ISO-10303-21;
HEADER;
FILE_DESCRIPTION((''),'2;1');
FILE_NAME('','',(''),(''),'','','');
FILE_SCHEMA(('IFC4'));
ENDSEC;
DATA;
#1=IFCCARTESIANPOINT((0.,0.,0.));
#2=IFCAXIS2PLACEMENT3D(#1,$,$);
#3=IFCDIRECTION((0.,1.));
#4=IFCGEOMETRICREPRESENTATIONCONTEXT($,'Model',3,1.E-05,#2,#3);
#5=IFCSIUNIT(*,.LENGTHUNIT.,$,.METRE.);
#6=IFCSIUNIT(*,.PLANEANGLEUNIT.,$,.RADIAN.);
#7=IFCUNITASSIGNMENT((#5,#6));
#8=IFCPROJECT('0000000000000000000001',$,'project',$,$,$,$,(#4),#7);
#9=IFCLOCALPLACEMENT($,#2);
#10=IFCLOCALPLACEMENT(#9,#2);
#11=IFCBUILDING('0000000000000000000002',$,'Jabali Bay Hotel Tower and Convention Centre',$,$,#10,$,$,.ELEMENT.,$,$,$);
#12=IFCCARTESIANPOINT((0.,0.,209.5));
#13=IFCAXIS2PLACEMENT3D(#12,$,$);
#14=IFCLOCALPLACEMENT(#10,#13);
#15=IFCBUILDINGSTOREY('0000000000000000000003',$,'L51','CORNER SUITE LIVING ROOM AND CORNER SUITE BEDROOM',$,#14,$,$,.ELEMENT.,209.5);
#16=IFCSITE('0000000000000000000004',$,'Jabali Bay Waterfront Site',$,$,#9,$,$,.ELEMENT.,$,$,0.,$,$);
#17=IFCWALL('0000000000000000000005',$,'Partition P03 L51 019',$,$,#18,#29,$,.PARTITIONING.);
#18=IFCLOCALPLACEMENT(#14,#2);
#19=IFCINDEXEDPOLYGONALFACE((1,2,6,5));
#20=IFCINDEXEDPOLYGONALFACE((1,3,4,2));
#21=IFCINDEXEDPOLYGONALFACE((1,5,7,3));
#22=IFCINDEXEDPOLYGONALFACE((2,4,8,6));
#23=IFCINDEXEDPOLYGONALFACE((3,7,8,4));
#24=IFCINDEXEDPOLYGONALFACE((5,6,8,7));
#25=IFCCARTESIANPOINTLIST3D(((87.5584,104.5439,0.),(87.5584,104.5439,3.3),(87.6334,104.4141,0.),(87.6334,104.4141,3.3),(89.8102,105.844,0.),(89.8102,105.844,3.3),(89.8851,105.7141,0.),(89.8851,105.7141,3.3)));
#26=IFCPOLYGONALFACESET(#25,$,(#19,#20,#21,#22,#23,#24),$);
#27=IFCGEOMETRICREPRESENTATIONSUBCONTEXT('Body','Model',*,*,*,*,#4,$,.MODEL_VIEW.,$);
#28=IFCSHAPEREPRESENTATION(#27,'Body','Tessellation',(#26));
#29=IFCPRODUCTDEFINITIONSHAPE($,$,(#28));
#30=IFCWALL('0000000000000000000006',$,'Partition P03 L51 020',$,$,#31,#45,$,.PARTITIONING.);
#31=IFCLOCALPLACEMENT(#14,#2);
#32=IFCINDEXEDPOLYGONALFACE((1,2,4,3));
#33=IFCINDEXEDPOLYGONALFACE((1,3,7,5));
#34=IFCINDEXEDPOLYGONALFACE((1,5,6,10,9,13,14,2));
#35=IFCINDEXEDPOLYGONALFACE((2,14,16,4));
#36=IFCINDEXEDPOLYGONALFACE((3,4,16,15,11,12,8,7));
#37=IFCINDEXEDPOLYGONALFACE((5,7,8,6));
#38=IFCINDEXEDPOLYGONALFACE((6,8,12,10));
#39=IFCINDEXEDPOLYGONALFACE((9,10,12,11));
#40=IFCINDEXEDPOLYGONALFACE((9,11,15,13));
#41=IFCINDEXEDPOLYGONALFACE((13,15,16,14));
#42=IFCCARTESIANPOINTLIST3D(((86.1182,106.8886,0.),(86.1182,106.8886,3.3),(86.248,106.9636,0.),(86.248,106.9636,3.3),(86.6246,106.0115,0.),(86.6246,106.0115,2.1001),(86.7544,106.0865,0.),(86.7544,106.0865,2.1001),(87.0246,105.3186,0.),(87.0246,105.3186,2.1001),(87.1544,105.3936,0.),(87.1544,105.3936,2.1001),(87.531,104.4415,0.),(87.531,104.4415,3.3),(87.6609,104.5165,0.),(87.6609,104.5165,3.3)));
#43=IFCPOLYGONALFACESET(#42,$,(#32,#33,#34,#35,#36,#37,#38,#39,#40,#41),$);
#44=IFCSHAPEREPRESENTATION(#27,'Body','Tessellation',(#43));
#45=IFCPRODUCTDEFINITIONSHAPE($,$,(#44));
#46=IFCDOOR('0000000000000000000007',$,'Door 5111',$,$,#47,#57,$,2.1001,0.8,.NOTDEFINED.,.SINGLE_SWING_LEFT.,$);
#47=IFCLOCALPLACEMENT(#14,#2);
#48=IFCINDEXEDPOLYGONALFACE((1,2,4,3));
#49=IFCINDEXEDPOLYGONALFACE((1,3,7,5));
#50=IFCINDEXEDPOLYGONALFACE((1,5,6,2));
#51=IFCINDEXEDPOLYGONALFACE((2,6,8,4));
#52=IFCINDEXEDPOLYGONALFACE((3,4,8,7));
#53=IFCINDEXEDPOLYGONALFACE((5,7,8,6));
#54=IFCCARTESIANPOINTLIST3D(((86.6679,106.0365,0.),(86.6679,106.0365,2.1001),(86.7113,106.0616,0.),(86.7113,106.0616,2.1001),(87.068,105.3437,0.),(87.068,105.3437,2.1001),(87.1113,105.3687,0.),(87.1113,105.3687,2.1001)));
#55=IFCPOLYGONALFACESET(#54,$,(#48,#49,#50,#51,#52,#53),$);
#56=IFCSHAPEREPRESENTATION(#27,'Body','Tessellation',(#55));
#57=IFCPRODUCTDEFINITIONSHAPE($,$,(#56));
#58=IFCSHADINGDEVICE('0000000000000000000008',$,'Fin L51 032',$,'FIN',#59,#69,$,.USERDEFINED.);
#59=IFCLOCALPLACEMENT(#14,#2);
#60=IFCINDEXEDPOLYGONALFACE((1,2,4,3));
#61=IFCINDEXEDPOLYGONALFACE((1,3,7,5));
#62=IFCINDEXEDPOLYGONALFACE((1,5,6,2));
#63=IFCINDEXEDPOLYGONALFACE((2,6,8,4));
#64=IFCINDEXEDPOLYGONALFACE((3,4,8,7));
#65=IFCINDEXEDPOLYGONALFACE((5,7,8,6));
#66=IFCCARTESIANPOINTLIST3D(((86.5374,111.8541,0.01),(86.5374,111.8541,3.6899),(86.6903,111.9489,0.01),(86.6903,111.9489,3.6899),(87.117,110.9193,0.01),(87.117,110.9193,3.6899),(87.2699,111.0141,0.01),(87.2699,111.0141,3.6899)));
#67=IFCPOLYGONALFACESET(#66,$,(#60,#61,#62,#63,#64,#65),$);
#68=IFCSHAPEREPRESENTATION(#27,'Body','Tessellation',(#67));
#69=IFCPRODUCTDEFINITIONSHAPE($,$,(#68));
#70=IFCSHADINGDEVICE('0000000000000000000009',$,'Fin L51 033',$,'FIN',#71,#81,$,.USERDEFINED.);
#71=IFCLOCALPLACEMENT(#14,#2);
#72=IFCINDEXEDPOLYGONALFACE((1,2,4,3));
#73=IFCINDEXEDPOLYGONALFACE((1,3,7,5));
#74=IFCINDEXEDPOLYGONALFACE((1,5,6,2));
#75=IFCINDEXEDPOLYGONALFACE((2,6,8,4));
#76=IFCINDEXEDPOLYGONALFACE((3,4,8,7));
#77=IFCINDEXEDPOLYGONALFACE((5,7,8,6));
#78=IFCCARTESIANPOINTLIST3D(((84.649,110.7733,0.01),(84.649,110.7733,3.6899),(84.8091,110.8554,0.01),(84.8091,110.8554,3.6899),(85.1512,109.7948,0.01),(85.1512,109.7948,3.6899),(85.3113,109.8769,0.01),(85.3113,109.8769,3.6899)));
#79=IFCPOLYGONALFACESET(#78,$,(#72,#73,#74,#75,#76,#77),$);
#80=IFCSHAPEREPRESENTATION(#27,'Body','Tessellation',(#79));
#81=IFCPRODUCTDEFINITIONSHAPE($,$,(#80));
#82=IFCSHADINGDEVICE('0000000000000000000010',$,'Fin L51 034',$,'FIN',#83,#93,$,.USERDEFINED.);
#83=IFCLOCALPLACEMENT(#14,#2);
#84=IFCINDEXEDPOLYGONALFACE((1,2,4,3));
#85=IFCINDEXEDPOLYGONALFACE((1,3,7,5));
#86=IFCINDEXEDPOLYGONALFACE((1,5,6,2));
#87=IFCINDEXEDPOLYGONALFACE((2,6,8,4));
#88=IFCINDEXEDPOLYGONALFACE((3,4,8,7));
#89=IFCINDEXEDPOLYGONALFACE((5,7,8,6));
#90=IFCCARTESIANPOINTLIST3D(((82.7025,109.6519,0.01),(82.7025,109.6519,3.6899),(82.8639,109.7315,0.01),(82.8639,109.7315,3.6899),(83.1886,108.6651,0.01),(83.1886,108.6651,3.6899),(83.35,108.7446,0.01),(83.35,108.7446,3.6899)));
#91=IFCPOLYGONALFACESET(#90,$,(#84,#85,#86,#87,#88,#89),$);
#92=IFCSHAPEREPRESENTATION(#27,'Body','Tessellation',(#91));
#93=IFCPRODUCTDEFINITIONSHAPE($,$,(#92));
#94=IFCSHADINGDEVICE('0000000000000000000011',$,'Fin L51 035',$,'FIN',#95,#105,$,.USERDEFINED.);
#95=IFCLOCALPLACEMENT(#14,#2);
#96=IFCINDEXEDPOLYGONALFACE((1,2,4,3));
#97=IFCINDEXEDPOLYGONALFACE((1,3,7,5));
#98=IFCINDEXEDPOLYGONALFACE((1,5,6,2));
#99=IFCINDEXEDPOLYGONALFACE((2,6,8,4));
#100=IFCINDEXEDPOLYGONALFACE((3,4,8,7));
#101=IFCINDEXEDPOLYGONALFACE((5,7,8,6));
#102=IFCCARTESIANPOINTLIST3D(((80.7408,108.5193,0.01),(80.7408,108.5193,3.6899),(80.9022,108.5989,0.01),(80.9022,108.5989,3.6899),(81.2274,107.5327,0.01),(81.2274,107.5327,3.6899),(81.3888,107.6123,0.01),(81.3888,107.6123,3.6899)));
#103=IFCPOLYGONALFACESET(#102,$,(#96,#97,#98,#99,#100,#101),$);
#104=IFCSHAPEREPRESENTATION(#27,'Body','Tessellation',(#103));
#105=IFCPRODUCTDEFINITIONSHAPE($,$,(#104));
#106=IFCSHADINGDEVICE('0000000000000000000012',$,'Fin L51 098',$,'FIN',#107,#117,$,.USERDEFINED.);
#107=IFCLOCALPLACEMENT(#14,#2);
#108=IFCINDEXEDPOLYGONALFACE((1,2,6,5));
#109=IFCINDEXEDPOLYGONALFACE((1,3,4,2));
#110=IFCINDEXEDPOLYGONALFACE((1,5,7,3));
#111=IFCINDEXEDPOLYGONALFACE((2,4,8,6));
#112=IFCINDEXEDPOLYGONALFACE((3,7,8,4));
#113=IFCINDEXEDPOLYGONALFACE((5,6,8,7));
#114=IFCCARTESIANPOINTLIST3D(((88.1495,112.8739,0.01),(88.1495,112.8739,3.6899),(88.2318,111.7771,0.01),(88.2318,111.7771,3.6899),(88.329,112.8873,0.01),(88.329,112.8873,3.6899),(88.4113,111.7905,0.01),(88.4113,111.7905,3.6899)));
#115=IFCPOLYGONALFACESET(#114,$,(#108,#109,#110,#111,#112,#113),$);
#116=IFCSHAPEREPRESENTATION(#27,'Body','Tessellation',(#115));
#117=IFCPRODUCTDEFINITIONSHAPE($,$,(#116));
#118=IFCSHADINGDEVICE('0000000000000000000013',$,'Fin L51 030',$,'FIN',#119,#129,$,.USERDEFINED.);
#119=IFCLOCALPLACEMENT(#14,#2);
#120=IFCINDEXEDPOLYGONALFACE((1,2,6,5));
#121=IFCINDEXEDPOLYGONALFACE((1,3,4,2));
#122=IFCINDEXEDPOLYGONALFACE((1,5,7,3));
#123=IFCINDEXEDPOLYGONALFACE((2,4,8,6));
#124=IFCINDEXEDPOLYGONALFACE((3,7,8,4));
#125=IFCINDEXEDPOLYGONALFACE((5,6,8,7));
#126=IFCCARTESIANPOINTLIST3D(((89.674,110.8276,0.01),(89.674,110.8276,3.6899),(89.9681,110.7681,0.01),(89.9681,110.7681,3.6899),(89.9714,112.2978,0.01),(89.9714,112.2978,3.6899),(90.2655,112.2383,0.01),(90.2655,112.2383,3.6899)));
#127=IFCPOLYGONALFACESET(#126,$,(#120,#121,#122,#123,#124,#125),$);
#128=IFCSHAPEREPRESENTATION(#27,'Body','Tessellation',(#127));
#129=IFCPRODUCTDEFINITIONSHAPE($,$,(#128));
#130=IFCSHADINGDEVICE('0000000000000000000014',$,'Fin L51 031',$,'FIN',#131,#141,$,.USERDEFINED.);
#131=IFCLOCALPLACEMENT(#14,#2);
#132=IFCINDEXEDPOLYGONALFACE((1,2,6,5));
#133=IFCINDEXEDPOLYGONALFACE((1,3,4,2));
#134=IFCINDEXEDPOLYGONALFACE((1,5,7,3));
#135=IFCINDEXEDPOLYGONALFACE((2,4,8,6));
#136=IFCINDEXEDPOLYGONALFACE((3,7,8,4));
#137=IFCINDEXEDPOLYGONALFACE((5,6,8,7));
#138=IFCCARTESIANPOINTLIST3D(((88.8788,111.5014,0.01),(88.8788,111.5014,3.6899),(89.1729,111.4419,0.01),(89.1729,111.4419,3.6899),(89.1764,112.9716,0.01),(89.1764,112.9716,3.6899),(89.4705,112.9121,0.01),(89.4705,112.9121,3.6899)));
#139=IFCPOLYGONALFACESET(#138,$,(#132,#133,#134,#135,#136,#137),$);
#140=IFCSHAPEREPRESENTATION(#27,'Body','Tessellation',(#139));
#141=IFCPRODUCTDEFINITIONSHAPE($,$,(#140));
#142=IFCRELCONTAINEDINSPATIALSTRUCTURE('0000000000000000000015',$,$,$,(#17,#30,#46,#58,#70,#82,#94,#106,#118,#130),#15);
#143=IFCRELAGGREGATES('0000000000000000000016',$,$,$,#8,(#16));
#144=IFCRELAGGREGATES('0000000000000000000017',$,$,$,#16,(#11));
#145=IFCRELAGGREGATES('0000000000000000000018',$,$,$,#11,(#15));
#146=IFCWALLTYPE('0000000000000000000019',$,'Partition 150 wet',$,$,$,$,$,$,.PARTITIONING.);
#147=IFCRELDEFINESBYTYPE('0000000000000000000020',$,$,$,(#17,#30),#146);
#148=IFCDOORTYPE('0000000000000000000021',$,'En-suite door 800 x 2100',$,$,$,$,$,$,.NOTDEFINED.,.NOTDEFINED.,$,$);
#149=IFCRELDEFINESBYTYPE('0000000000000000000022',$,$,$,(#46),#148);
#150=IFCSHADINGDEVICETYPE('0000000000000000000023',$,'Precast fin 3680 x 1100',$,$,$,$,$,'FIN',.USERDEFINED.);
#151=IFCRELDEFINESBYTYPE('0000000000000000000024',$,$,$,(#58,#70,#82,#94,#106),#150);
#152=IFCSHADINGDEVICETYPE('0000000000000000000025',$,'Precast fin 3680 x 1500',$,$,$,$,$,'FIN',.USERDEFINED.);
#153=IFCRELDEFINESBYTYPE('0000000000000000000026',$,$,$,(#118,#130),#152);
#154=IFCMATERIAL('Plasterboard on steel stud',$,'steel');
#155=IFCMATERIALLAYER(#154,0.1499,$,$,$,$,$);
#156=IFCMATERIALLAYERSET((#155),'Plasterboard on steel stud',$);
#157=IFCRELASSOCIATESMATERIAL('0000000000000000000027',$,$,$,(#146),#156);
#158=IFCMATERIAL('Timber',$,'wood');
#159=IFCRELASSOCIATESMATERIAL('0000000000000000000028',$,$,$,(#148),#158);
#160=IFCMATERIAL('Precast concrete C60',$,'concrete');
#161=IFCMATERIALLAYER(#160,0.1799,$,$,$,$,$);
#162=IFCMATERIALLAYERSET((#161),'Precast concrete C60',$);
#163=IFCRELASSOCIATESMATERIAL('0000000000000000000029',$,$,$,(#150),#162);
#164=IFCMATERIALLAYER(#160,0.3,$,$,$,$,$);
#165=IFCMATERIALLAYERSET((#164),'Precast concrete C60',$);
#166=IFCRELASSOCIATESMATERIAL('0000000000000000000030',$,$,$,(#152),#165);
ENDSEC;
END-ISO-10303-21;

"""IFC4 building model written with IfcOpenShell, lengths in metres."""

from ifc_helpers import new_model, si_unit, direction, frame, frame_2d, origin, place, context, subcontext, project, spatial, rectangle, extrude, material, layer, layer_set, type_object, element, fill, save


model = new_model("IFC4")

# Units and contexts
model_context = context("Model", 3, precision=1e-05, world=origin(), true_north=direction((0.0, 1.0)))
body_context = subcontext(model_context, "Body", "Model", "MODEL_VIEW")
ifc_project = project(units=[si_unit("LENGTHUNIT", "METRE"), si_unit("PLANEANGLEUNIT", "RADIAN")], contexts=[model_context])

# Site, building, storey
site_placement = place(None, origin())
site = spatial("IfcSite", under=ifc_project, at=site_placement, Name="Jabali Bay Waterfront Site", CompositionType="ELEMENT", RefElevation=0.0)
building_placement = place(site_placement, origin())
building = spatial("IfcBuilding", under=site, at=building_placement, Name="Jabali Bay Hotel Tower and Convention Centre", CompositionType="ELEMENT")
storey_placement = place(building_placement, frame((0.0, 0.0, 209.5)))
storey = spatial("IfcBuildingStorey", under=building, at=storey_placement, Name="L51", Description="CORNER SUITE LIVING ROOM AND CORNER SUITE BEDROOM", CompositionType="ELEMENT", Elevation=209.5)

# Wall
ifc_material_1 = material(Name="Plasterboard on steel stud", Category="steel")
ifc_layer_1 = layer(ifc_material_1, 0.1499)
ifc_layer_set_1 = layer_set([ifc_layer_1], Name="Plasterboard on steel stud")
wall_type_1 = type_object("IfcWallType", Name="Partition 150 wet", PredefinedType="PARTITIONING", material=ifc_layer_set_1)
wall_1_placement = place(storey_placement, frame((89.8477, 105.7791, 0.0), z_axis=(0.0, 0.0, 1.0), x_axis=(-0.866021, -0.500007, 0.0)))
element("IfcWall", 1, at=wall_1_placement, inside=storey, type_object=wall_type_1, Name="Partition P03 L51 019", PredefinedType="PARTITIONING", context=body_context, shape_type="SweptSolid", body=[
    extrude(rectangle(XDim=2.6001, YDim=0.1499, at=frame_2d((1.3, 0.0))), origin(), (0.0, 0.0, 1.0), 3.3),
])

# Wall, opening, door
wall_2_placement = place(storey_placement, frame((87.5959, 104.479, 0.0), z_axis=(0.0, 0.0, 1.0), x_axis=(-0.500014, 0.866017, 0.0)))
wall_2 = element("IfcWall", 2, at=wall_2_placement, inside=storey, type_object=wall_type_1, Name="Partition P03 L51 020", PredefinedType="PARTITIONING", context=body_context, shape_type="SweptSolid", body=[
    extrude(rectangle(XDim=2.8257, YDim=0.1499, at=frame_2d((1.4128, 0.0))), origin(), (0.0, 0.0, 1.0), 3.3),
])
opening_1_placement = place(wall_2_placement, frame((1.0129, 0.0, 0.0)))
opening_1 = element("IfcOpeningElement", 3, at=opening_1_placement, cuts=wall_2, PredefinedType="OPENING", context=body_context, shape_type="SweptSolid", body=[
    extrude(rectangle(XDim=0.8, YDim=2.1001, at=frame_2d((0.3999, 1.05))), frame((0.0, 0.0854, 0.0), z_axis=(0.0, -1.0, 0.0), x_axis=(1.0, 0.0, 0.0)), (0.0, 0.0, 1.0), 0.1709),
])
ifc_material_2 = material(Name="Timber", Category="wood")
door_type = type_object("IfcDoorType", Name="En-suite door 800 x 2100", OperationType="NOTDEFINED", PredefinedType="NOTDEFINED", material=ifc_material_2)
door_placement = place(opening_1_placement, origin())
door = element("IfcDoor", 4, at=door_placement, inside=storey, type_object=door_type, Name="Door 5111", OperationType="SINGLE_SWING_LEFT", OverallHeight=2.1001, OverallWidth=0.8, PredefinedType="NOTDEFINED", context=body_context, shape_type="SweptSolid", body=[
    extrude(rectangle(XDim=0.8, YDim=2.1001, at=frame_2d((0.3999, 1.05))), frame((0.0, 0.0249, 0.0), z_axis=(0.0, -1.0, 0.0), x_axis=(1.0, 0.0, 0.0)), (0.0, 0.0, 1.0), 0.05),
])
fill(opening_1, door)

# Shading devices
ifc_material_3 = material(Name="Precast concrete C60", Category="concrete")
ifc_layer_2 = layer(ifc_material_3, 0.1799)
ifc_layer_set_2 = layer_set([ifc_layer_2], Name="Precast concrete C60")
shading_device_type_1 = type_object("IfcShadingDeviceType", Name="Precast fin 3680 x 1100", ElementType="FIN", PredefinedType="USERDEFINED", material=ifc_layer_set_2)
for number, where, z_axis, x_axis, name in (
    (5, (87.1934, 110.9668, 0.01), (0.0, 0.0, 1.0), (-0.526943, 0.849901, 0.0), "Fin L51 032"),
    (6, (85.2312, 109.8359, 0.01), (0.0, 0.0, 1.0), (-0.456601, 0.889672, 0.0), "Fin L51 033"),
):
    element("IfcShadingDevice", number, at=place(storey_placement, frame(where, z_axis=z_axis, x_axis=x_axis)), inside=storey, type_object=shading_device_type_1, Name=name, ObjectType="FIN", PredefinedType="USERDEFINED", context=body_context, shape_type="SweptSolid", body=[
        extrude(rectangle(XDim=1.0999, YDim=0.1799, at=frame_2d((0.5498, 0.0))), origin(), (0.0, 0.0, 1.0), 3.6799),
    ])
for number, where, z_axis, x_axis, name in (
    (7, (83.2693, 108.7048, 0.01), (0.0, 0.0, 1.0), (-0.441879, 0.897075, 0.0), "Fin L51 034"),
    (8, (81.3081, 107.5725, 0.01), (0.0, 0.0, 1.0), (-0.442324, 0.896855, 0.0), "Fin L51 035"),
):
    element("IfcShadingDevice", number, at=place(storey_placement, frame(where, z_axis=z_axis, x_axis=x_axis)), inside=storey, type_object=shading_device_type_1, Name=name, ObjectType="FIN", PredefinedType="USERDEFINED", context=body_context, shape_type="SweptSolid", body=[
        extrude(rectangle(XDim=1.1001, YDim=0.1799, at=frame_2d((0.55, 0.0))), origin(), (0.0, 0.0, 1.0), 3.6799),
    ])
shading_device_placement = place(storey_placement, frame((88.3215, 111.7839, 0.01), z_axis=(0.0, 0.0, 1.0), x_axis=(-0.074812, 0.997198, 0.0)))
element("IfcShadingDevice", 9, at=shading_device_placement, inside=storey, type_object=shading_device_type_1, Name="Fin L51 098", ObjectType="FIN", PredefinedType="USERDEFINED", context=body_context, shape_type="SweptSolid", body=[
    extrude(rectangle(XDim=1.0999, YDim=0.1799, at=frame_2d((0.5498, 0.0))), origin(), (0.0, 0.0, 1.0), 3.6799),
])
ifc_layer_3 = layer(ifc_material_3, 0.3)
ifc_layer_set_3 = layer_set([ifc_layer_3], Name="Precast concrete C60")
shading_device_type_2 = type_object("IfcShadingDeviceType", Name="Precast fin 3680 x 1500", ElementType="FIN", PredefinedType="USERDEFINED", material=ifc_layer_set_3)
for number, where, z_axis, x_axis, name in (
    (10, (89.821, 110.7979, 0.01), (0.0, 0.0, 1.0), (0.198244, 0.980153, 0.0), "Fin L51 030"),
    (11, (89.0259, 111.4717, 0.01), (0.0, 0.0, 1.0), (0.1984, 0.980121, 0.0), "Fin L51 031"),
):
    element("IfcShadingDevice", number, at=place(storey_placement, frame(where, z_axis=z_axis, x_axis=x_axis)), inside=storey, type_object=shading_device_type_2, Name=name, ObjectType="FIN", PredefinedType="USERDEFINED", context=body_context, shape_type="SweptSolid", body=[
        extrude(rectangle(XDim=1.5, YDim=0.3, at=frame_2d((0.75, 0.0))), origin(), (0.0, 0.0, 1.0), 3.6799),
    ])

save(model, "model.ifc")
